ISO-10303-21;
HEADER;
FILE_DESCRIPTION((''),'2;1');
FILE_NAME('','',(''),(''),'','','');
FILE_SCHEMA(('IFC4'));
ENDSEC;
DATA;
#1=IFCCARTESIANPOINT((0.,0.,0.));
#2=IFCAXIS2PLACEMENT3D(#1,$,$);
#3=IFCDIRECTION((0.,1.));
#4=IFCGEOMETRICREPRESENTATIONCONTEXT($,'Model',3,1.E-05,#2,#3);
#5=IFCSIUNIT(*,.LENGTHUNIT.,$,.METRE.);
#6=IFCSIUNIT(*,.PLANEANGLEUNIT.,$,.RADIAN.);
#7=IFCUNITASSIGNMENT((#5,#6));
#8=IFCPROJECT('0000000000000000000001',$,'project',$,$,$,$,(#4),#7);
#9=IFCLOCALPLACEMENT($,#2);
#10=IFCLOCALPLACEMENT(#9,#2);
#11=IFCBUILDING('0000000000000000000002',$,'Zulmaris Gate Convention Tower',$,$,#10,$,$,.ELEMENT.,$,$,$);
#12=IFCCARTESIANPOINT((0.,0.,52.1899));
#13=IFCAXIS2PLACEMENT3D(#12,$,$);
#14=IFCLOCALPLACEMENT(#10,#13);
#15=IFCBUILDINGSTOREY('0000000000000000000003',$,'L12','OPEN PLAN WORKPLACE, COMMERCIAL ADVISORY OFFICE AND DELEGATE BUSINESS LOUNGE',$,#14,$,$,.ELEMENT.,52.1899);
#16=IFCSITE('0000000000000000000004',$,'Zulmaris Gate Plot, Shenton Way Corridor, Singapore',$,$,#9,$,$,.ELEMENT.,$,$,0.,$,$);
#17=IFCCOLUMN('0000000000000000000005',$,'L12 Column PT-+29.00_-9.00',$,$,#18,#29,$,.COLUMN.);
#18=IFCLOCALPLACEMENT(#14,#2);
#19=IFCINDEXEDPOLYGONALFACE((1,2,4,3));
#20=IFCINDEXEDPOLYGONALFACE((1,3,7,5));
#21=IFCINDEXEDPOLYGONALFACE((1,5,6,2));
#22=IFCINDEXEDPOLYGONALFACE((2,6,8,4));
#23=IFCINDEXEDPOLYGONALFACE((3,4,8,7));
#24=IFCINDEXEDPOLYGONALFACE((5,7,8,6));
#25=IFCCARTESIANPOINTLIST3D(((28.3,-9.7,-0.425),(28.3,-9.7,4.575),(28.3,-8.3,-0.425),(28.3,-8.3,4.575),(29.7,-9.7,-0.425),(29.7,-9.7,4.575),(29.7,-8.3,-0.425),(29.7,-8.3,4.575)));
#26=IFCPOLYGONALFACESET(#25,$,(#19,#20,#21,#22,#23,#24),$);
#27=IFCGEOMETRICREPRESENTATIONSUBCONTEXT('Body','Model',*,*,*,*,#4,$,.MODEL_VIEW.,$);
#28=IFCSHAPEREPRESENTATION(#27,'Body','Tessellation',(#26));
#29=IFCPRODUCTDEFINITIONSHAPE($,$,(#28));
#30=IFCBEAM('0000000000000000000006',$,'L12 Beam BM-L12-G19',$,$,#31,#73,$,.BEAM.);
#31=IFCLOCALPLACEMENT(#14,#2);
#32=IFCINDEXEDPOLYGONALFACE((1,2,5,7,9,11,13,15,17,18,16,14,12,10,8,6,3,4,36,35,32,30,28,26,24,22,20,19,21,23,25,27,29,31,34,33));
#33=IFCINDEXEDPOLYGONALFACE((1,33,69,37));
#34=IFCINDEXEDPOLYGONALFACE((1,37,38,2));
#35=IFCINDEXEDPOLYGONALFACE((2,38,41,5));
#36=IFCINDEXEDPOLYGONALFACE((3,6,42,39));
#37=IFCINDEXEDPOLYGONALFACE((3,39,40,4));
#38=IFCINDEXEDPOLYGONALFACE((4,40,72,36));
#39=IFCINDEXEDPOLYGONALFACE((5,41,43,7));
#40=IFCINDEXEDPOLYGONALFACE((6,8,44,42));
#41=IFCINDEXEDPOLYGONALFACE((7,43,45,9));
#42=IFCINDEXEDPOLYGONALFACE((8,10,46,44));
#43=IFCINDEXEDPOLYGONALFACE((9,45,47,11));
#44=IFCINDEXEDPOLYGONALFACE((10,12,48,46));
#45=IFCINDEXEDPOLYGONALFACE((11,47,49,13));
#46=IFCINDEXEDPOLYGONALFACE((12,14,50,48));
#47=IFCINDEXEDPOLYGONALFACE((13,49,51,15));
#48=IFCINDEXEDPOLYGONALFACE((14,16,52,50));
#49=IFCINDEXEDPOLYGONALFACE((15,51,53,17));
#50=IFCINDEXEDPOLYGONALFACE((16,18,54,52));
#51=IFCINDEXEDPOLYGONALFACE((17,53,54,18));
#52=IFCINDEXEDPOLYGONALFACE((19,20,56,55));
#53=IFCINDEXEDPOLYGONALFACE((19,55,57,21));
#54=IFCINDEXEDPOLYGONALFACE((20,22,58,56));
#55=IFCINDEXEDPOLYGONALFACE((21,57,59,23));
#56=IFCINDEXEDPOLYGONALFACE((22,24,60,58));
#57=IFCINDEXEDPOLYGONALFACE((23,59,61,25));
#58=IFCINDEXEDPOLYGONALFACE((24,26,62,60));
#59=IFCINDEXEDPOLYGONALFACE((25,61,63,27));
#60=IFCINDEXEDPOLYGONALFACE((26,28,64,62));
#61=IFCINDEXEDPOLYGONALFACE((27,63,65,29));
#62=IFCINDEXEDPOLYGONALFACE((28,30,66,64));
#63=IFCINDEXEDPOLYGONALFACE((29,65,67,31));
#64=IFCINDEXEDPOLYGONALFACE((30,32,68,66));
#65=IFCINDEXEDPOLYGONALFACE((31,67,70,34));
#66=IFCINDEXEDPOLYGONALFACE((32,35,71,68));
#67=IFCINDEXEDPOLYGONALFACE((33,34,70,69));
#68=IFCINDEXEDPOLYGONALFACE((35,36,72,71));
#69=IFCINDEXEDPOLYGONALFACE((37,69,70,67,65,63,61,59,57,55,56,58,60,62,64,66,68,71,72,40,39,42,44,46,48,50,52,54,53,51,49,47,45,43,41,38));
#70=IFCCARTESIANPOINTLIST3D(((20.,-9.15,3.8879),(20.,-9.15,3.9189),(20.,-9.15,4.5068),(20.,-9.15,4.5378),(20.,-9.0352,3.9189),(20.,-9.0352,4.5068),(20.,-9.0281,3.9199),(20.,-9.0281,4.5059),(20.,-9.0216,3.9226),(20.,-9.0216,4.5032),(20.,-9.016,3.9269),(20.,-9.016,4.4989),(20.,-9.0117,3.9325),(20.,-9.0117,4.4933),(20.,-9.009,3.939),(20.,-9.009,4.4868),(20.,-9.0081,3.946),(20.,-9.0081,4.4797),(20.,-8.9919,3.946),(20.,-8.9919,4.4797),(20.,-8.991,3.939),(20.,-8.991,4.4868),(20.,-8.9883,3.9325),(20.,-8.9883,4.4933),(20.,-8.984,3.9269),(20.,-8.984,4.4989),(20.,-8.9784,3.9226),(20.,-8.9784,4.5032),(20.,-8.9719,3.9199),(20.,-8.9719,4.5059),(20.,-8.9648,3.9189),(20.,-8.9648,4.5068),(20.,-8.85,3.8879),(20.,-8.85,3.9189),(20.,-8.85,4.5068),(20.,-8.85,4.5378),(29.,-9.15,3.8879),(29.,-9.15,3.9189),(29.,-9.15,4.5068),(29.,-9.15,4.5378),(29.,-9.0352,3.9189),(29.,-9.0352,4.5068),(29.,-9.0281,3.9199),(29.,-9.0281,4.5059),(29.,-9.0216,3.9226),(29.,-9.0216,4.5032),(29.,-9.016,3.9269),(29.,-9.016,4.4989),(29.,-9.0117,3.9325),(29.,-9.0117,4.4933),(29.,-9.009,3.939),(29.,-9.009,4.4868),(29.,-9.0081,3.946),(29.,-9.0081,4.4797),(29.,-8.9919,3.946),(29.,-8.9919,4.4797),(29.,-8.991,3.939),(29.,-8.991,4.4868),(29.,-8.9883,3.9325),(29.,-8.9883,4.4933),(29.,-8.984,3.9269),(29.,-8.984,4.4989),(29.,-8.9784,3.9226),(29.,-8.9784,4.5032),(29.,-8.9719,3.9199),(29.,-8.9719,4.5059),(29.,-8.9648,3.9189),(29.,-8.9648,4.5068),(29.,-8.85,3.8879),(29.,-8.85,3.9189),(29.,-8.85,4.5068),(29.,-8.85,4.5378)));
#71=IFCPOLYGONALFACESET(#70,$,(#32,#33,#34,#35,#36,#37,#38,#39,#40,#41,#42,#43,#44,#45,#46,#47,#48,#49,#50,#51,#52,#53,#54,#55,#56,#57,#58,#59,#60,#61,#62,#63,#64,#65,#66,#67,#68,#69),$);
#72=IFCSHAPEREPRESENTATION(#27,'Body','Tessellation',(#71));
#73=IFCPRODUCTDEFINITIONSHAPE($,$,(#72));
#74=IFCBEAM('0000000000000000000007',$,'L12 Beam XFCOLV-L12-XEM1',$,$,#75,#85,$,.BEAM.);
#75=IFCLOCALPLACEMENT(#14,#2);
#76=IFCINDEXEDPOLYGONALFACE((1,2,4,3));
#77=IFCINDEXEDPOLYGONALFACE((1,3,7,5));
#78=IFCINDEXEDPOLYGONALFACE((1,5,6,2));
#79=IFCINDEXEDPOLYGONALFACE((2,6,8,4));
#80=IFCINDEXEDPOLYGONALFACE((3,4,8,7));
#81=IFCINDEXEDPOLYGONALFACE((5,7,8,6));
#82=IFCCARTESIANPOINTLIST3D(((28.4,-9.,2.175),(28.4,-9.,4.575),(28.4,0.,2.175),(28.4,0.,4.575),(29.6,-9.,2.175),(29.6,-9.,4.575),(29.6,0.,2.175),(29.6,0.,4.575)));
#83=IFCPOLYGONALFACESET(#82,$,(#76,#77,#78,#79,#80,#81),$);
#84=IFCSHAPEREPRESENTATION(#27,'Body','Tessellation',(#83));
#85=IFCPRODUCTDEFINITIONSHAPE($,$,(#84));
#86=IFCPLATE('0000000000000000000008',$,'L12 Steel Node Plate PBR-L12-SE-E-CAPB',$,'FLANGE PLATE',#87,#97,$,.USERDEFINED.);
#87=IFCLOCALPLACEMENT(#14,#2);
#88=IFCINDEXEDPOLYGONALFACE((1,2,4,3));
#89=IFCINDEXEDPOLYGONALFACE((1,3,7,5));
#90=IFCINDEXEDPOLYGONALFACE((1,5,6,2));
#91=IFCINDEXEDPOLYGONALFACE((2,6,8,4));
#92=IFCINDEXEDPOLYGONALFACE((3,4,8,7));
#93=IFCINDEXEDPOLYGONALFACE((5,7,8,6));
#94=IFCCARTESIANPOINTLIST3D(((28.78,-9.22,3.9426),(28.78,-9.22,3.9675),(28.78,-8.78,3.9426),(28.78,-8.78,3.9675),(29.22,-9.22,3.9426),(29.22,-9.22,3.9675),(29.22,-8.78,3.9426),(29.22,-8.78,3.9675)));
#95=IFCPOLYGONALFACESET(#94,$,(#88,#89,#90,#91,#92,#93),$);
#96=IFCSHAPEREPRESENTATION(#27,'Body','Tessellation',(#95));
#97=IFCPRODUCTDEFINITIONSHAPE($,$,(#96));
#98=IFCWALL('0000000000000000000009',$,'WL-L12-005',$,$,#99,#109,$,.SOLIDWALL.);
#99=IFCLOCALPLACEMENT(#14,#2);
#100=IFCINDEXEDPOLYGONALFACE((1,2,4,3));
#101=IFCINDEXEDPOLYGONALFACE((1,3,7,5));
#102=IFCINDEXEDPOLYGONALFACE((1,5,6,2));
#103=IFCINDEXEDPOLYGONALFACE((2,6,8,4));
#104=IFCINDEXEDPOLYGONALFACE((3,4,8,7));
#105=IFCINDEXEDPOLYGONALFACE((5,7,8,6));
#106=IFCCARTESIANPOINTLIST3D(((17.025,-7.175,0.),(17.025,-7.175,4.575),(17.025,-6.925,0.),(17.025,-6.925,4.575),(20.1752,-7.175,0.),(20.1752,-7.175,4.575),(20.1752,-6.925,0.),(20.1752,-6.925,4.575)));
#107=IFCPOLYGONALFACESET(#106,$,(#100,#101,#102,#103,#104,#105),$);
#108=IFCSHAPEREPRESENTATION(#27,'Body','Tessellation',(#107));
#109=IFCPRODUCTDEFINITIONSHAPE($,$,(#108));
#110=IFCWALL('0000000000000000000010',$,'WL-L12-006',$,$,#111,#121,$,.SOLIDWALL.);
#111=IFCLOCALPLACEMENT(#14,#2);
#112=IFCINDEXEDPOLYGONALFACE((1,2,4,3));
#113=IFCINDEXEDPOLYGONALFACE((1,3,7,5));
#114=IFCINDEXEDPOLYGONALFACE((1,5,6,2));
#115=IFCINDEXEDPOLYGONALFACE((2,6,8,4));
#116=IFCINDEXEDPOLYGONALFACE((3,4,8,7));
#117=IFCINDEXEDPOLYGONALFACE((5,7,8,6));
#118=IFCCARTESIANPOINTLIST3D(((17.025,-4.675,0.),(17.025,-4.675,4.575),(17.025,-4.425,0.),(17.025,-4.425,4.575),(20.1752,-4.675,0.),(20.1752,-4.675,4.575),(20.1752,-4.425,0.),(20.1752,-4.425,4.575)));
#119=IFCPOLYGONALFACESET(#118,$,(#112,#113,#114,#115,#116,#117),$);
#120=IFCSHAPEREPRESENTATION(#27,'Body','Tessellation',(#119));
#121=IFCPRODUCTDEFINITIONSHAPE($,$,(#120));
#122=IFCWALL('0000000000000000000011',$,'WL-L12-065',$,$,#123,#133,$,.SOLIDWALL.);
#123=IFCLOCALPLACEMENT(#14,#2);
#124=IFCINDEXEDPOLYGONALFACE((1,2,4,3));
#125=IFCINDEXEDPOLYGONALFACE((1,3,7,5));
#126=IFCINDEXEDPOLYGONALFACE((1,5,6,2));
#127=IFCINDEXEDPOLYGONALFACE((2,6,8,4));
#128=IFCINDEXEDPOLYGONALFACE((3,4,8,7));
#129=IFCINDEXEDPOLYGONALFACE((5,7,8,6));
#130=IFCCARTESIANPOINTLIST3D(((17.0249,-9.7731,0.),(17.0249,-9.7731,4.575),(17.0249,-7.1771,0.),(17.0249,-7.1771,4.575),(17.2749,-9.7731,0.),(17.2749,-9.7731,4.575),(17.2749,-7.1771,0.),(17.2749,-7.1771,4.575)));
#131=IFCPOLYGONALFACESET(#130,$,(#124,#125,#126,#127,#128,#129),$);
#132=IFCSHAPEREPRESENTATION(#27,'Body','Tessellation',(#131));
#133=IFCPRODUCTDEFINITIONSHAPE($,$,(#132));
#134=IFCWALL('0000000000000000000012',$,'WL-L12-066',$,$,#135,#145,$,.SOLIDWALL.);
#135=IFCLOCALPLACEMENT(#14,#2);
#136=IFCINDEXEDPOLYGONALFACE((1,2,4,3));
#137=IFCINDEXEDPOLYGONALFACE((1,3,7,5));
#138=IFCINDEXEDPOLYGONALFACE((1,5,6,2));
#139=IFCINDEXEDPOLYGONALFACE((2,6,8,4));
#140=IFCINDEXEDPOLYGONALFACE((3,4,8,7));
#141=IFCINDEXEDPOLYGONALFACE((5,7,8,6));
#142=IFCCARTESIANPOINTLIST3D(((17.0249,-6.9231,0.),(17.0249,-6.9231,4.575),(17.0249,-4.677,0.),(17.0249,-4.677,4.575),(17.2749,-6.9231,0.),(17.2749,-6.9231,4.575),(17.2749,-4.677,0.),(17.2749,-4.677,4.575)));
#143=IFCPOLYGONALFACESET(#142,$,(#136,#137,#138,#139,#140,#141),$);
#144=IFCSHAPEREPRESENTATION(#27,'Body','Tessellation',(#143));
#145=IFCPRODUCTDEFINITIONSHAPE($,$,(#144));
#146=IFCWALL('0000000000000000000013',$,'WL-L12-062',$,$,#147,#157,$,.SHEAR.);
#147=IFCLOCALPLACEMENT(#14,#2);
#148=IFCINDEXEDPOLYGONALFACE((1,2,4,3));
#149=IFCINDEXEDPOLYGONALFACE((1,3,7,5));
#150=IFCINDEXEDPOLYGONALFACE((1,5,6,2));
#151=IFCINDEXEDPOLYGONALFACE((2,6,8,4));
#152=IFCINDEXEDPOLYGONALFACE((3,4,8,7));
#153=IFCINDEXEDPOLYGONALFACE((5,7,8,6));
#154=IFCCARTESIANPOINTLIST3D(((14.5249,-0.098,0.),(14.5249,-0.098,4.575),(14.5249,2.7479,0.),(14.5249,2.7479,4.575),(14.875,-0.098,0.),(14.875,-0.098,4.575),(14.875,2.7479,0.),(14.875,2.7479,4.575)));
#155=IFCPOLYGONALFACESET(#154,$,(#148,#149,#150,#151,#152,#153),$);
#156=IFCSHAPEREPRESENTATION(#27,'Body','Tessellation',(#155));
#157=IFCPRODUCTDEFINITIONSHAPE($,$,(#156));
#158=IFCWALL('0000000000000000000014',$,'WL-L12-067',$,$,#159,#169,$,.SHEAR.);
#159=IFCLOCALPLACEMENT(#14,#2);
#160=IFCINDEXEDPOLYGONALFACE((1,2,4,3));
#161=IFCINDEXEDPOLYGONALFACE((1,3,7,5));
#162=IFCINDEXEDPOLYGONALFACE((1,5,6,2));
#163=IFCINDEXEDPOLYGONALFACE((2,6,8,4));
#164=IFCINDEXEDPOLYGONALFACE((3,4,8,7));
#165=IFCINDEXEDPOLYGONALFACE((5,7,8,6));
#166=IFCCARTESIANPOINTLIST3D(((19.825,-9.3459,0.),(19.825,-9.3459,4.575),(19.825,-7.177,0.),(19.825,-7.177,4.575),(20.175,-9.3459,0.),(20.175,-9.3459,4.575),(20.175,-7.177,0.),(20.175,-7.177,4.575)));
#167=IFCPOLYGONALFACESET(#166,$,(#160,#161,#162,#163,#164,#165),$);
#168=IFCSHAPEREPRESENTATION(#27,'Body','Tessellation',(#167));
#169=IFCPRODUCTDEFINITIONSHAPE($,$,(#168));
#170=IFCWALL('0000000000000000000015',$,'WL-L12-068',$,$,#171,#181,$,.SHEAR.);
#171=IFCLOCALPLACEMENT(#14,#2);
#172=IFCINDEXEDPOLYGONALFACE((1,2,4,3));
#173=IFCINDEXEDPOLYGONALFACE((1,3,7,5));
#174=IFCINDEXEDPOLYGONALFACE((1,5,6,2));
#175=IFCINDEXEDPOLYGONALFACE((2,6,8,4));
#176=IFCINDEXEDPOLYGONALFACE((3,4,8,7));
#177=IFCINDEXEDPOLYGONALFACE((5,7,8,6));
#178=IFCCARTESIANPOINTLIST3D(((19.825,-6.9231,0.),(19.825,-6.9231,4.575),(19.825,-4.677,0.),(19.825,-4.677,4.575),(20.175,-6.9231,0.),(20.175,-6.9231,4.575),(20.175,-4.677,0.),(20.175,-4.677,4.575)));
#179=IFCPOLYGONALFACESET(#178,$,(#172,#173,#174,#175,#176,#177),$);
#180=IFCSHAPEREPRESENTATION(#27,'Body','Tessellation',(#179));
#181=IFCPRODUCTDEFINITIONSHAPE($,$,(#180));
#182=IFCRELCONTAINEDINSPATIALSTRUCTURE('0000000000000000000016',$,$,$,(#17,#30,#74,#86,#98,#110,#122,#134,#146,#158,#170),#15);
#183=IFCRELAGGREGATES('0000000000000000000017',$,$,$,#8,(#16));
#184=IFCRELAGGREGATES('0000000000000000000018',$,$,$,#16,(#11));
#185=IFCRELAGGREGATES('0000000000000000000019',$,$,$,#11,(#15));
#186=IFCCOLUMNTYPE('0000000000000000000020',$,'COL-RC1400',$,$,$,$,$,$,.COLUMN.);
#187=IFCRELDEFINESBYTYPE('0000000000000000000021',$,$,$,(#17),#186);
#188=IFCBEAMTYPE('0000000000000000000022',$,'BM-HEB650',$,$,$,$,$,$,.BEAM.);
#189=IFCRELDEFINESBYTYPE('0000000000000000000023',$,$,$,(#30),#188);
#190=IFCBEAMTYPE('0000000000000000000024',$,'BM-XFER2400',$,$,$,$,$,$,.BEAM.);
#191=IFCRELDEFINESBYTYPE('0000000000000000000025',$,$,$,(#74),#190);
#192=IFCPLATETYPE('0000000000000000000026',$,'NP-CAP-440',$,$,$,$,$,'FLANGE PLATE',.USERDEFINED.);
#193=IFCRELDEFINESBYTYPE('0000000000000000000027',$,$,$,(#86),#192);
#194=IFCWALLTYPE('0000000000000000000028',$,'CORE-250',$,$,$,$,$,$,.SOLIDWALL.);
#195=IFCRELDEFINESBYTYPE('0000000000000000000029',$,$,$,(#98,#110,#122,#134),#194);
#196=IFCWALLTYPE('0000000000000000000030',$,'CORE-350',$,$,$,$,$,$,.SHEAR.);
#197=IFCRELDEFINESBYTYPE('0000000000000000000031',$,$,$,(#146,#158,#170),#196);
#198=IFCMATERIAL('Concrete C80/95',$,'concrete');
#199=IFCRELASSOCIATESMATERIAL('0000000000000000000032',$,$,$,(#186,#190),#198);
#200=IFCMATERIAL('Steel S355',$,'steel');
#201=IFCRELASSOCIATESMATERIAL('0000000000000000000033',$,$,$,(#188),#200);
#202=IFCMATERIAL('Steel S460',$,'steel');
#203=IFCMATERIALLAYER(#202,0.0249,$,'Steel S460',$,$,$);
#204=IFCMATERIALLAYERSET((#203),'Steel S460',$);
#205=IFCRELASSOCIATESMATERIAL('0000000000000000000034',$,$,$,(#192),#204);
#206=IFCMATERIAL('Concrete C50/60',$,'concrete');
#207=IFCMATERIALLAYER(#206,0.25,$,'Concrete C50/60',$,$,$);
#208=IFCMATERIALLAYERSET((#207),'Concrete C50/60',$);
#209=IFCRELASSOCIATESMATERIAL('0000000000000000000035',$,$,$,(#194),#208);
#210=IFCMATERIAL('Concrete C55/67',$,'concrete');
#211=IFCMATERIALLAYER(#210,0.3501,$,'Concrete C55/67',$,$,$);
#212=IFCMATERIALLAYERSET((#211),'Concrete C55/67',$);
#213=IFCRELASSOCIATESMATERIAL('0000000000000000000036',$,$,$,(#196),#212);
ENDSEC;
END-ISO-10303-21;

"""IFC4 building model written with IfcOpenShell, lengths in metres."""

from ifc_helpers import new_model, si_unit, direction, frame, frame_2d, origin, origin_2d, place, context, subcontext, project, spatial, rectangle, i_section, extrude, material, layer, layer_set, material_profile, profile_set, type_object, element, save


model = new_model("IFC4")

# Units and contexts
model_context = context("Model", 3, precision=1e-05, world=origin(), true_north=direction((0.0, 1.0)))
body_context = subcontext(model_context, "Body", "Model", "MODEL_VIEW")
ifc_project = project(units=[si_unit("LENGTHUNIT", "METRE"), si_unit("PLANEANGLEUNIT", "RADIAN")], contexts=[model_context])

# Site, building, storey
site_placement = place(None, origin())
site = spatial("IfcSite", under=ifc_project, at=site_placement, Name="Zulmaris Gate Plot, Shenton Way Corridor, Singapore", CompositionType="ELEMENT", RefElevation=0.0)
building_placement = place(site_placement, origin())
building = spatial("IfcBuilding", under=site, at=building_placement, Name="Zulmaris Gate Convention Tower", CompositionType="ELEMENT")
storey_placement = place(building_placement, frame((0.0, 0.0, 52.1899)))
storey = spatial("IfcBuildingStorey", under=building, at=storey_placement, Name="L12", Description="OPEN PLAN WORKPLACE, COMMERCIAL ADVISORY OFFICE AND DELEGATE BUSINESS LOUNGE", CompositionType="ELEMENT", Elevation=52.1899)

# Column
ifc_material_1 = material(Name="Concrete C80/95", Category="concrete")
ifc_material_profile_1 = material_profile(ifc_material_1, rectangle(XDim=1.3999, YDim=1.3999, at=origin_2d()), Name="RC COL 1400x1400")
ifc_profile_set_1 = profile_set([ifc_material_profile_1], Name="Concrete C80/95")
column_type = type_object("IfcColumnType", Name="COL-RC1400", PredefinedType="COLUMN", material=ifc_profile_set_1)
column_placement = place(storey_placement, frame((29.0, -9.0, -0.425), z_axis=(0.0, 0.0, 1.0), x_axis=(1.0, 0.0, 0.0)))
element("IfcColumn", 1, at=column_placement, inside=storey, type_object=column_type, Name="L12 Column PT-+29.00_-9.00", PredefinedType="COLUMN", context=body_context, shape_type="SweptSolid", body=[
    extrude(rectangle(XDim=1.3999, YDim=1.3999, at=origin_2d()), origin(), (0.0, 0.0, 1.0), 5.0),
])

# Beams
ifc_material_2 = material(Name="Steel S355", Category="steel")
ifc_material_profile_2 = material_profile(ifc_material_2, i_section(OverallWidth=0.3, OverallDepth=0.6499, WebThickness=0.0161, FlangeThickness=0.031, FilletRadius=0.0271, at=origin_2d()), Name="HEB 650")
ifc_profile_set_2 = profile_set([ifc_material_profile_2], Name="Steel S355")
beam_type_1 = type_object("IfcBeamType", Name="BM-HEB650", PredefinedType="BEAM", material=ifc_profile_set_2)
beam_1_placement = place(storey_placement, frame((20.0, -9.0, 4.2129), z_axis=(1.0, 0.0, 0.0), x_axis=(0.0, 1.0, 0.0)))
element("IfcBeam", 2, at=beam_1_placement, inside=storey, type_object=beam_type_1, Name="L12 Beam BM-L12-G19", PredefinedType="BEAM", context=body_context, shape_type="SweptSolid", body=[
    extrude(i_section(OverallWidth=0.3, OverallDepth=0.6499, WebThickness=0.0161, FlangeThickness=0.031, FilletRadius=0.0271, at=origin_2d()), origin(), (0.0, 0.0, 1.0), 9.0),
])
ifc_material_profile_3 = material_profile(ifc_material_1, rectangle(XDim=1.2, YDim=2.3999, at=origin_2d()), Name="RC TRANSFER 1200x2400")
ifc_profile_set_3 = profile_set([ifc_material_profile_3], Name="Concrete C80/95")
beam_type_2 = type_object("IfcBeamType", Name="BM-XFER2400", PredefinedType="BEAM", material=ifc_profile_set_3)
beam_2_placement = place(storey_placement, frame((29.0, -9.0, 3.375), z_axis=(0.0, 1.0, 0.0), x_axis=(-1.0, 0.0, 0.0)))
element("IfcBeam", 3, at=beam_2_placement, inside=storey, type_object=beam_type_2, Name="L12 Beam XFCOLV-L12-XEM1", PredefinedType="BEAM", context=body_context, shape_type="SweptSolid", body=[
    extrude(rectangle(XDim=1.2, YDim=2.3999, at=origin_2d()), origin(), (0.0, 0.0, 1.0), 9.0),
])

# Plate
ifc_material_3 = material(Name="Steel S460", Category="steel")
ifc_layer_1 = layer(ifc_material_3, 0.0249, Name="Steel S460")
ifc_layer_set_1 = layer_set([ifc_layer_1], Name="Steel S460")
plate_type = type_object("IfcPlateType", Name="NP-CAP-440", ElementType="FLANGE PLATE", PredefinedType="USERDEFINED", material=ifc_layer_set_1)
plate_placement = place(storey_placement, frame((29.0, -9.0, 3.9426), z_axis=(0.0, 0.0, 1.0), x_axis=(1.0, 0.0, 0.0)))
element("IfcPlate", 4, at=plate_placement, inside=storey, type_object=plate_type, Name="L12 Steel Node Plate PBR-L12-SE-E-CAPB", ObjectType="FLANGE PLATE", PredefinedType="USERDEFINED", context=body_context, shape_type="SweptSolid", body=[
    extrude(rectangle(XDim=0.4399, YDim=0.4399, at=origin_2d()), origin(), (0.0, 0.0, 1.0), 0.0249),
])

# Walls
ifc_material_4 = material(Name="Concrete C50/60", Category="concrete")
ifc_layer_2 = layer(ifc_material_4, 0.25, Name="Concrete C50/60")
ifc_layer_set_2 = layer_set([ifc_layer_2], Name="Concrete C50/60")
wall_type_1 = type_object("IfcWallType", Name="CORE-250", PredefinedType="SOLIDWALL", material=ifc_layer_set_2)
for number, where, z_axis, x_axis, name in (
    (5, (17.0249, -7.05, 0.0), (0.0, 0.0, 1.0), (1.0, 0.0, 0.0), "WL-L12-005"),
    (6, (17.0249, -4.55, 0.0), (0.0, 0.0, 1.0), (1.0, 0.0, 0.0), "WL-L12-006"),
):
    element("IfcWall", number, at=place(storey_placement, frame(where, z_axis=z_axis, x_axis=x_axis)), inside=storey, type_object=wall_type_1, Name=name, PredefinedType="SOLIDWALL", context=body_context, shape_type="SweptSolid", body=[
        extrude(rectangle(XDim=3.1501, YDim=0.25, at=frame_2d((1.5752, 0.0))), origin(), (0.0, 0.0, 1.0), 4.575),
    ])
wall_1_placement = place(storey_placement, frame((17.1499, -9.7729, 0.0), z_axis=(0.0, 0.0, 1.0), x_axis=(0.0, 1.0, 0.0)))
element("IfcWall", 7, at=wall_1_placement, inside=storey, type_object=wall_type_1, Name="WL-L12-065", PredefinedType="SOLIDWALL", context=body_context, shape_type="SweptSolid", body=[
    extrude(rectangle(XDim=2.5959, YDim=0.25, at=frame_2d((1.2979, 0.0))), origin(), (0.0, 0.0, 1.0), 4.575),
])
wall_2_placement = place(storey_placement, frame((17.1499, -6.9231, 0.0), z_axis=(0.0, 0.0, 1.0), x_axis=(0.0, 1.0, 0.0)))
element("IfcWall", 8, at=wall_2_placement, inside=storey, type_object=wall_type_1, Name="WL-L12-066", PredefinedType="SOLIDWALL", context=body_context, shape_type="SweptSolid", body=[
    extrude(rectangle(XDim=2.2461, YDim=0.25, at=frame_2d((1.123, 0.0))), origin(), (0.0, 0.0, 1.0), 4.575),
])
ifc_material_5 = material(Name="Concrete C55/67", Category="concrete")
ifc_layer_3 = layer(ifc_material_5, 0.3501, Name="Concrete C55/67")
ifc_layer_set_3 = layer_set([ifc_layer_3], Name="Concrete C55/67")
wall_type_2 = type_object("IfcWallType", Name="CORE-350", PredefinedType="SHEAR", material=ifc_layer_set_3)
wall_3_placement = place(storey_placement, frame((14.7, -0.0979, 0.0), z_axis=(0.0, 0.0, 1.0), x_axis=(0.0, 1.0, 0.0)))
element("IfcWall", 9, at=wall_3_placement, inside=storey, type_object=wall_type_2, Name="WL-L12-062", PredefinedType="SHEAR", context=body_context, shape_type="SweptSolid", body=[
    extrude(rectangle(XDim=2.8459, YDim=0.3501, at=frame_2d((1.4229, 0.0))), origin(), (0.0, 0.0, 1.0), 4.575),
])
wall_4_placement = place(storey_placement, frame((20.0, -9.3459, 0.0), z_axis=(0.0, 0.0, 1.0), x_axis=(0.0, 1.0, 0.0)))
element("IfcWall", 10, at=wall_4_placement, inside=storey, type_object=wall_type_2, Name="WL-L12-067", PredefinedType="SHEAR", context=body_context, shape_type="SweptSolid", body=[
    extrude(rectangle(XDim=2.1689, YDim=0.3501, at=frame_2d((1.0845, 0.0))), origin(), (0.0, 0.0, 1.0), 4.575),
])
wall_5_placement = place(storey_placement, frame((20.0, -6.9231, 0.0), z_axis=(0.0, 0.0, 1.0), x_axis=(0.0, 1.0, 0.0)))
element("IfcWall", 11, at=wall_5_placement, inside=storey, type_object=wall_type_2, Name="WL-L12-068", PredefinedType="SHEAR", context=body_context, shape_type="SweptSolid", body=[
    extrude(rectangle(XDim=2.2461, YDim=0.3501, at=frame_2d((1.123, 0.0))), origin(), (0.0, 0.0, 1.0), 4.575),
])

save(model, "model.ifc")
